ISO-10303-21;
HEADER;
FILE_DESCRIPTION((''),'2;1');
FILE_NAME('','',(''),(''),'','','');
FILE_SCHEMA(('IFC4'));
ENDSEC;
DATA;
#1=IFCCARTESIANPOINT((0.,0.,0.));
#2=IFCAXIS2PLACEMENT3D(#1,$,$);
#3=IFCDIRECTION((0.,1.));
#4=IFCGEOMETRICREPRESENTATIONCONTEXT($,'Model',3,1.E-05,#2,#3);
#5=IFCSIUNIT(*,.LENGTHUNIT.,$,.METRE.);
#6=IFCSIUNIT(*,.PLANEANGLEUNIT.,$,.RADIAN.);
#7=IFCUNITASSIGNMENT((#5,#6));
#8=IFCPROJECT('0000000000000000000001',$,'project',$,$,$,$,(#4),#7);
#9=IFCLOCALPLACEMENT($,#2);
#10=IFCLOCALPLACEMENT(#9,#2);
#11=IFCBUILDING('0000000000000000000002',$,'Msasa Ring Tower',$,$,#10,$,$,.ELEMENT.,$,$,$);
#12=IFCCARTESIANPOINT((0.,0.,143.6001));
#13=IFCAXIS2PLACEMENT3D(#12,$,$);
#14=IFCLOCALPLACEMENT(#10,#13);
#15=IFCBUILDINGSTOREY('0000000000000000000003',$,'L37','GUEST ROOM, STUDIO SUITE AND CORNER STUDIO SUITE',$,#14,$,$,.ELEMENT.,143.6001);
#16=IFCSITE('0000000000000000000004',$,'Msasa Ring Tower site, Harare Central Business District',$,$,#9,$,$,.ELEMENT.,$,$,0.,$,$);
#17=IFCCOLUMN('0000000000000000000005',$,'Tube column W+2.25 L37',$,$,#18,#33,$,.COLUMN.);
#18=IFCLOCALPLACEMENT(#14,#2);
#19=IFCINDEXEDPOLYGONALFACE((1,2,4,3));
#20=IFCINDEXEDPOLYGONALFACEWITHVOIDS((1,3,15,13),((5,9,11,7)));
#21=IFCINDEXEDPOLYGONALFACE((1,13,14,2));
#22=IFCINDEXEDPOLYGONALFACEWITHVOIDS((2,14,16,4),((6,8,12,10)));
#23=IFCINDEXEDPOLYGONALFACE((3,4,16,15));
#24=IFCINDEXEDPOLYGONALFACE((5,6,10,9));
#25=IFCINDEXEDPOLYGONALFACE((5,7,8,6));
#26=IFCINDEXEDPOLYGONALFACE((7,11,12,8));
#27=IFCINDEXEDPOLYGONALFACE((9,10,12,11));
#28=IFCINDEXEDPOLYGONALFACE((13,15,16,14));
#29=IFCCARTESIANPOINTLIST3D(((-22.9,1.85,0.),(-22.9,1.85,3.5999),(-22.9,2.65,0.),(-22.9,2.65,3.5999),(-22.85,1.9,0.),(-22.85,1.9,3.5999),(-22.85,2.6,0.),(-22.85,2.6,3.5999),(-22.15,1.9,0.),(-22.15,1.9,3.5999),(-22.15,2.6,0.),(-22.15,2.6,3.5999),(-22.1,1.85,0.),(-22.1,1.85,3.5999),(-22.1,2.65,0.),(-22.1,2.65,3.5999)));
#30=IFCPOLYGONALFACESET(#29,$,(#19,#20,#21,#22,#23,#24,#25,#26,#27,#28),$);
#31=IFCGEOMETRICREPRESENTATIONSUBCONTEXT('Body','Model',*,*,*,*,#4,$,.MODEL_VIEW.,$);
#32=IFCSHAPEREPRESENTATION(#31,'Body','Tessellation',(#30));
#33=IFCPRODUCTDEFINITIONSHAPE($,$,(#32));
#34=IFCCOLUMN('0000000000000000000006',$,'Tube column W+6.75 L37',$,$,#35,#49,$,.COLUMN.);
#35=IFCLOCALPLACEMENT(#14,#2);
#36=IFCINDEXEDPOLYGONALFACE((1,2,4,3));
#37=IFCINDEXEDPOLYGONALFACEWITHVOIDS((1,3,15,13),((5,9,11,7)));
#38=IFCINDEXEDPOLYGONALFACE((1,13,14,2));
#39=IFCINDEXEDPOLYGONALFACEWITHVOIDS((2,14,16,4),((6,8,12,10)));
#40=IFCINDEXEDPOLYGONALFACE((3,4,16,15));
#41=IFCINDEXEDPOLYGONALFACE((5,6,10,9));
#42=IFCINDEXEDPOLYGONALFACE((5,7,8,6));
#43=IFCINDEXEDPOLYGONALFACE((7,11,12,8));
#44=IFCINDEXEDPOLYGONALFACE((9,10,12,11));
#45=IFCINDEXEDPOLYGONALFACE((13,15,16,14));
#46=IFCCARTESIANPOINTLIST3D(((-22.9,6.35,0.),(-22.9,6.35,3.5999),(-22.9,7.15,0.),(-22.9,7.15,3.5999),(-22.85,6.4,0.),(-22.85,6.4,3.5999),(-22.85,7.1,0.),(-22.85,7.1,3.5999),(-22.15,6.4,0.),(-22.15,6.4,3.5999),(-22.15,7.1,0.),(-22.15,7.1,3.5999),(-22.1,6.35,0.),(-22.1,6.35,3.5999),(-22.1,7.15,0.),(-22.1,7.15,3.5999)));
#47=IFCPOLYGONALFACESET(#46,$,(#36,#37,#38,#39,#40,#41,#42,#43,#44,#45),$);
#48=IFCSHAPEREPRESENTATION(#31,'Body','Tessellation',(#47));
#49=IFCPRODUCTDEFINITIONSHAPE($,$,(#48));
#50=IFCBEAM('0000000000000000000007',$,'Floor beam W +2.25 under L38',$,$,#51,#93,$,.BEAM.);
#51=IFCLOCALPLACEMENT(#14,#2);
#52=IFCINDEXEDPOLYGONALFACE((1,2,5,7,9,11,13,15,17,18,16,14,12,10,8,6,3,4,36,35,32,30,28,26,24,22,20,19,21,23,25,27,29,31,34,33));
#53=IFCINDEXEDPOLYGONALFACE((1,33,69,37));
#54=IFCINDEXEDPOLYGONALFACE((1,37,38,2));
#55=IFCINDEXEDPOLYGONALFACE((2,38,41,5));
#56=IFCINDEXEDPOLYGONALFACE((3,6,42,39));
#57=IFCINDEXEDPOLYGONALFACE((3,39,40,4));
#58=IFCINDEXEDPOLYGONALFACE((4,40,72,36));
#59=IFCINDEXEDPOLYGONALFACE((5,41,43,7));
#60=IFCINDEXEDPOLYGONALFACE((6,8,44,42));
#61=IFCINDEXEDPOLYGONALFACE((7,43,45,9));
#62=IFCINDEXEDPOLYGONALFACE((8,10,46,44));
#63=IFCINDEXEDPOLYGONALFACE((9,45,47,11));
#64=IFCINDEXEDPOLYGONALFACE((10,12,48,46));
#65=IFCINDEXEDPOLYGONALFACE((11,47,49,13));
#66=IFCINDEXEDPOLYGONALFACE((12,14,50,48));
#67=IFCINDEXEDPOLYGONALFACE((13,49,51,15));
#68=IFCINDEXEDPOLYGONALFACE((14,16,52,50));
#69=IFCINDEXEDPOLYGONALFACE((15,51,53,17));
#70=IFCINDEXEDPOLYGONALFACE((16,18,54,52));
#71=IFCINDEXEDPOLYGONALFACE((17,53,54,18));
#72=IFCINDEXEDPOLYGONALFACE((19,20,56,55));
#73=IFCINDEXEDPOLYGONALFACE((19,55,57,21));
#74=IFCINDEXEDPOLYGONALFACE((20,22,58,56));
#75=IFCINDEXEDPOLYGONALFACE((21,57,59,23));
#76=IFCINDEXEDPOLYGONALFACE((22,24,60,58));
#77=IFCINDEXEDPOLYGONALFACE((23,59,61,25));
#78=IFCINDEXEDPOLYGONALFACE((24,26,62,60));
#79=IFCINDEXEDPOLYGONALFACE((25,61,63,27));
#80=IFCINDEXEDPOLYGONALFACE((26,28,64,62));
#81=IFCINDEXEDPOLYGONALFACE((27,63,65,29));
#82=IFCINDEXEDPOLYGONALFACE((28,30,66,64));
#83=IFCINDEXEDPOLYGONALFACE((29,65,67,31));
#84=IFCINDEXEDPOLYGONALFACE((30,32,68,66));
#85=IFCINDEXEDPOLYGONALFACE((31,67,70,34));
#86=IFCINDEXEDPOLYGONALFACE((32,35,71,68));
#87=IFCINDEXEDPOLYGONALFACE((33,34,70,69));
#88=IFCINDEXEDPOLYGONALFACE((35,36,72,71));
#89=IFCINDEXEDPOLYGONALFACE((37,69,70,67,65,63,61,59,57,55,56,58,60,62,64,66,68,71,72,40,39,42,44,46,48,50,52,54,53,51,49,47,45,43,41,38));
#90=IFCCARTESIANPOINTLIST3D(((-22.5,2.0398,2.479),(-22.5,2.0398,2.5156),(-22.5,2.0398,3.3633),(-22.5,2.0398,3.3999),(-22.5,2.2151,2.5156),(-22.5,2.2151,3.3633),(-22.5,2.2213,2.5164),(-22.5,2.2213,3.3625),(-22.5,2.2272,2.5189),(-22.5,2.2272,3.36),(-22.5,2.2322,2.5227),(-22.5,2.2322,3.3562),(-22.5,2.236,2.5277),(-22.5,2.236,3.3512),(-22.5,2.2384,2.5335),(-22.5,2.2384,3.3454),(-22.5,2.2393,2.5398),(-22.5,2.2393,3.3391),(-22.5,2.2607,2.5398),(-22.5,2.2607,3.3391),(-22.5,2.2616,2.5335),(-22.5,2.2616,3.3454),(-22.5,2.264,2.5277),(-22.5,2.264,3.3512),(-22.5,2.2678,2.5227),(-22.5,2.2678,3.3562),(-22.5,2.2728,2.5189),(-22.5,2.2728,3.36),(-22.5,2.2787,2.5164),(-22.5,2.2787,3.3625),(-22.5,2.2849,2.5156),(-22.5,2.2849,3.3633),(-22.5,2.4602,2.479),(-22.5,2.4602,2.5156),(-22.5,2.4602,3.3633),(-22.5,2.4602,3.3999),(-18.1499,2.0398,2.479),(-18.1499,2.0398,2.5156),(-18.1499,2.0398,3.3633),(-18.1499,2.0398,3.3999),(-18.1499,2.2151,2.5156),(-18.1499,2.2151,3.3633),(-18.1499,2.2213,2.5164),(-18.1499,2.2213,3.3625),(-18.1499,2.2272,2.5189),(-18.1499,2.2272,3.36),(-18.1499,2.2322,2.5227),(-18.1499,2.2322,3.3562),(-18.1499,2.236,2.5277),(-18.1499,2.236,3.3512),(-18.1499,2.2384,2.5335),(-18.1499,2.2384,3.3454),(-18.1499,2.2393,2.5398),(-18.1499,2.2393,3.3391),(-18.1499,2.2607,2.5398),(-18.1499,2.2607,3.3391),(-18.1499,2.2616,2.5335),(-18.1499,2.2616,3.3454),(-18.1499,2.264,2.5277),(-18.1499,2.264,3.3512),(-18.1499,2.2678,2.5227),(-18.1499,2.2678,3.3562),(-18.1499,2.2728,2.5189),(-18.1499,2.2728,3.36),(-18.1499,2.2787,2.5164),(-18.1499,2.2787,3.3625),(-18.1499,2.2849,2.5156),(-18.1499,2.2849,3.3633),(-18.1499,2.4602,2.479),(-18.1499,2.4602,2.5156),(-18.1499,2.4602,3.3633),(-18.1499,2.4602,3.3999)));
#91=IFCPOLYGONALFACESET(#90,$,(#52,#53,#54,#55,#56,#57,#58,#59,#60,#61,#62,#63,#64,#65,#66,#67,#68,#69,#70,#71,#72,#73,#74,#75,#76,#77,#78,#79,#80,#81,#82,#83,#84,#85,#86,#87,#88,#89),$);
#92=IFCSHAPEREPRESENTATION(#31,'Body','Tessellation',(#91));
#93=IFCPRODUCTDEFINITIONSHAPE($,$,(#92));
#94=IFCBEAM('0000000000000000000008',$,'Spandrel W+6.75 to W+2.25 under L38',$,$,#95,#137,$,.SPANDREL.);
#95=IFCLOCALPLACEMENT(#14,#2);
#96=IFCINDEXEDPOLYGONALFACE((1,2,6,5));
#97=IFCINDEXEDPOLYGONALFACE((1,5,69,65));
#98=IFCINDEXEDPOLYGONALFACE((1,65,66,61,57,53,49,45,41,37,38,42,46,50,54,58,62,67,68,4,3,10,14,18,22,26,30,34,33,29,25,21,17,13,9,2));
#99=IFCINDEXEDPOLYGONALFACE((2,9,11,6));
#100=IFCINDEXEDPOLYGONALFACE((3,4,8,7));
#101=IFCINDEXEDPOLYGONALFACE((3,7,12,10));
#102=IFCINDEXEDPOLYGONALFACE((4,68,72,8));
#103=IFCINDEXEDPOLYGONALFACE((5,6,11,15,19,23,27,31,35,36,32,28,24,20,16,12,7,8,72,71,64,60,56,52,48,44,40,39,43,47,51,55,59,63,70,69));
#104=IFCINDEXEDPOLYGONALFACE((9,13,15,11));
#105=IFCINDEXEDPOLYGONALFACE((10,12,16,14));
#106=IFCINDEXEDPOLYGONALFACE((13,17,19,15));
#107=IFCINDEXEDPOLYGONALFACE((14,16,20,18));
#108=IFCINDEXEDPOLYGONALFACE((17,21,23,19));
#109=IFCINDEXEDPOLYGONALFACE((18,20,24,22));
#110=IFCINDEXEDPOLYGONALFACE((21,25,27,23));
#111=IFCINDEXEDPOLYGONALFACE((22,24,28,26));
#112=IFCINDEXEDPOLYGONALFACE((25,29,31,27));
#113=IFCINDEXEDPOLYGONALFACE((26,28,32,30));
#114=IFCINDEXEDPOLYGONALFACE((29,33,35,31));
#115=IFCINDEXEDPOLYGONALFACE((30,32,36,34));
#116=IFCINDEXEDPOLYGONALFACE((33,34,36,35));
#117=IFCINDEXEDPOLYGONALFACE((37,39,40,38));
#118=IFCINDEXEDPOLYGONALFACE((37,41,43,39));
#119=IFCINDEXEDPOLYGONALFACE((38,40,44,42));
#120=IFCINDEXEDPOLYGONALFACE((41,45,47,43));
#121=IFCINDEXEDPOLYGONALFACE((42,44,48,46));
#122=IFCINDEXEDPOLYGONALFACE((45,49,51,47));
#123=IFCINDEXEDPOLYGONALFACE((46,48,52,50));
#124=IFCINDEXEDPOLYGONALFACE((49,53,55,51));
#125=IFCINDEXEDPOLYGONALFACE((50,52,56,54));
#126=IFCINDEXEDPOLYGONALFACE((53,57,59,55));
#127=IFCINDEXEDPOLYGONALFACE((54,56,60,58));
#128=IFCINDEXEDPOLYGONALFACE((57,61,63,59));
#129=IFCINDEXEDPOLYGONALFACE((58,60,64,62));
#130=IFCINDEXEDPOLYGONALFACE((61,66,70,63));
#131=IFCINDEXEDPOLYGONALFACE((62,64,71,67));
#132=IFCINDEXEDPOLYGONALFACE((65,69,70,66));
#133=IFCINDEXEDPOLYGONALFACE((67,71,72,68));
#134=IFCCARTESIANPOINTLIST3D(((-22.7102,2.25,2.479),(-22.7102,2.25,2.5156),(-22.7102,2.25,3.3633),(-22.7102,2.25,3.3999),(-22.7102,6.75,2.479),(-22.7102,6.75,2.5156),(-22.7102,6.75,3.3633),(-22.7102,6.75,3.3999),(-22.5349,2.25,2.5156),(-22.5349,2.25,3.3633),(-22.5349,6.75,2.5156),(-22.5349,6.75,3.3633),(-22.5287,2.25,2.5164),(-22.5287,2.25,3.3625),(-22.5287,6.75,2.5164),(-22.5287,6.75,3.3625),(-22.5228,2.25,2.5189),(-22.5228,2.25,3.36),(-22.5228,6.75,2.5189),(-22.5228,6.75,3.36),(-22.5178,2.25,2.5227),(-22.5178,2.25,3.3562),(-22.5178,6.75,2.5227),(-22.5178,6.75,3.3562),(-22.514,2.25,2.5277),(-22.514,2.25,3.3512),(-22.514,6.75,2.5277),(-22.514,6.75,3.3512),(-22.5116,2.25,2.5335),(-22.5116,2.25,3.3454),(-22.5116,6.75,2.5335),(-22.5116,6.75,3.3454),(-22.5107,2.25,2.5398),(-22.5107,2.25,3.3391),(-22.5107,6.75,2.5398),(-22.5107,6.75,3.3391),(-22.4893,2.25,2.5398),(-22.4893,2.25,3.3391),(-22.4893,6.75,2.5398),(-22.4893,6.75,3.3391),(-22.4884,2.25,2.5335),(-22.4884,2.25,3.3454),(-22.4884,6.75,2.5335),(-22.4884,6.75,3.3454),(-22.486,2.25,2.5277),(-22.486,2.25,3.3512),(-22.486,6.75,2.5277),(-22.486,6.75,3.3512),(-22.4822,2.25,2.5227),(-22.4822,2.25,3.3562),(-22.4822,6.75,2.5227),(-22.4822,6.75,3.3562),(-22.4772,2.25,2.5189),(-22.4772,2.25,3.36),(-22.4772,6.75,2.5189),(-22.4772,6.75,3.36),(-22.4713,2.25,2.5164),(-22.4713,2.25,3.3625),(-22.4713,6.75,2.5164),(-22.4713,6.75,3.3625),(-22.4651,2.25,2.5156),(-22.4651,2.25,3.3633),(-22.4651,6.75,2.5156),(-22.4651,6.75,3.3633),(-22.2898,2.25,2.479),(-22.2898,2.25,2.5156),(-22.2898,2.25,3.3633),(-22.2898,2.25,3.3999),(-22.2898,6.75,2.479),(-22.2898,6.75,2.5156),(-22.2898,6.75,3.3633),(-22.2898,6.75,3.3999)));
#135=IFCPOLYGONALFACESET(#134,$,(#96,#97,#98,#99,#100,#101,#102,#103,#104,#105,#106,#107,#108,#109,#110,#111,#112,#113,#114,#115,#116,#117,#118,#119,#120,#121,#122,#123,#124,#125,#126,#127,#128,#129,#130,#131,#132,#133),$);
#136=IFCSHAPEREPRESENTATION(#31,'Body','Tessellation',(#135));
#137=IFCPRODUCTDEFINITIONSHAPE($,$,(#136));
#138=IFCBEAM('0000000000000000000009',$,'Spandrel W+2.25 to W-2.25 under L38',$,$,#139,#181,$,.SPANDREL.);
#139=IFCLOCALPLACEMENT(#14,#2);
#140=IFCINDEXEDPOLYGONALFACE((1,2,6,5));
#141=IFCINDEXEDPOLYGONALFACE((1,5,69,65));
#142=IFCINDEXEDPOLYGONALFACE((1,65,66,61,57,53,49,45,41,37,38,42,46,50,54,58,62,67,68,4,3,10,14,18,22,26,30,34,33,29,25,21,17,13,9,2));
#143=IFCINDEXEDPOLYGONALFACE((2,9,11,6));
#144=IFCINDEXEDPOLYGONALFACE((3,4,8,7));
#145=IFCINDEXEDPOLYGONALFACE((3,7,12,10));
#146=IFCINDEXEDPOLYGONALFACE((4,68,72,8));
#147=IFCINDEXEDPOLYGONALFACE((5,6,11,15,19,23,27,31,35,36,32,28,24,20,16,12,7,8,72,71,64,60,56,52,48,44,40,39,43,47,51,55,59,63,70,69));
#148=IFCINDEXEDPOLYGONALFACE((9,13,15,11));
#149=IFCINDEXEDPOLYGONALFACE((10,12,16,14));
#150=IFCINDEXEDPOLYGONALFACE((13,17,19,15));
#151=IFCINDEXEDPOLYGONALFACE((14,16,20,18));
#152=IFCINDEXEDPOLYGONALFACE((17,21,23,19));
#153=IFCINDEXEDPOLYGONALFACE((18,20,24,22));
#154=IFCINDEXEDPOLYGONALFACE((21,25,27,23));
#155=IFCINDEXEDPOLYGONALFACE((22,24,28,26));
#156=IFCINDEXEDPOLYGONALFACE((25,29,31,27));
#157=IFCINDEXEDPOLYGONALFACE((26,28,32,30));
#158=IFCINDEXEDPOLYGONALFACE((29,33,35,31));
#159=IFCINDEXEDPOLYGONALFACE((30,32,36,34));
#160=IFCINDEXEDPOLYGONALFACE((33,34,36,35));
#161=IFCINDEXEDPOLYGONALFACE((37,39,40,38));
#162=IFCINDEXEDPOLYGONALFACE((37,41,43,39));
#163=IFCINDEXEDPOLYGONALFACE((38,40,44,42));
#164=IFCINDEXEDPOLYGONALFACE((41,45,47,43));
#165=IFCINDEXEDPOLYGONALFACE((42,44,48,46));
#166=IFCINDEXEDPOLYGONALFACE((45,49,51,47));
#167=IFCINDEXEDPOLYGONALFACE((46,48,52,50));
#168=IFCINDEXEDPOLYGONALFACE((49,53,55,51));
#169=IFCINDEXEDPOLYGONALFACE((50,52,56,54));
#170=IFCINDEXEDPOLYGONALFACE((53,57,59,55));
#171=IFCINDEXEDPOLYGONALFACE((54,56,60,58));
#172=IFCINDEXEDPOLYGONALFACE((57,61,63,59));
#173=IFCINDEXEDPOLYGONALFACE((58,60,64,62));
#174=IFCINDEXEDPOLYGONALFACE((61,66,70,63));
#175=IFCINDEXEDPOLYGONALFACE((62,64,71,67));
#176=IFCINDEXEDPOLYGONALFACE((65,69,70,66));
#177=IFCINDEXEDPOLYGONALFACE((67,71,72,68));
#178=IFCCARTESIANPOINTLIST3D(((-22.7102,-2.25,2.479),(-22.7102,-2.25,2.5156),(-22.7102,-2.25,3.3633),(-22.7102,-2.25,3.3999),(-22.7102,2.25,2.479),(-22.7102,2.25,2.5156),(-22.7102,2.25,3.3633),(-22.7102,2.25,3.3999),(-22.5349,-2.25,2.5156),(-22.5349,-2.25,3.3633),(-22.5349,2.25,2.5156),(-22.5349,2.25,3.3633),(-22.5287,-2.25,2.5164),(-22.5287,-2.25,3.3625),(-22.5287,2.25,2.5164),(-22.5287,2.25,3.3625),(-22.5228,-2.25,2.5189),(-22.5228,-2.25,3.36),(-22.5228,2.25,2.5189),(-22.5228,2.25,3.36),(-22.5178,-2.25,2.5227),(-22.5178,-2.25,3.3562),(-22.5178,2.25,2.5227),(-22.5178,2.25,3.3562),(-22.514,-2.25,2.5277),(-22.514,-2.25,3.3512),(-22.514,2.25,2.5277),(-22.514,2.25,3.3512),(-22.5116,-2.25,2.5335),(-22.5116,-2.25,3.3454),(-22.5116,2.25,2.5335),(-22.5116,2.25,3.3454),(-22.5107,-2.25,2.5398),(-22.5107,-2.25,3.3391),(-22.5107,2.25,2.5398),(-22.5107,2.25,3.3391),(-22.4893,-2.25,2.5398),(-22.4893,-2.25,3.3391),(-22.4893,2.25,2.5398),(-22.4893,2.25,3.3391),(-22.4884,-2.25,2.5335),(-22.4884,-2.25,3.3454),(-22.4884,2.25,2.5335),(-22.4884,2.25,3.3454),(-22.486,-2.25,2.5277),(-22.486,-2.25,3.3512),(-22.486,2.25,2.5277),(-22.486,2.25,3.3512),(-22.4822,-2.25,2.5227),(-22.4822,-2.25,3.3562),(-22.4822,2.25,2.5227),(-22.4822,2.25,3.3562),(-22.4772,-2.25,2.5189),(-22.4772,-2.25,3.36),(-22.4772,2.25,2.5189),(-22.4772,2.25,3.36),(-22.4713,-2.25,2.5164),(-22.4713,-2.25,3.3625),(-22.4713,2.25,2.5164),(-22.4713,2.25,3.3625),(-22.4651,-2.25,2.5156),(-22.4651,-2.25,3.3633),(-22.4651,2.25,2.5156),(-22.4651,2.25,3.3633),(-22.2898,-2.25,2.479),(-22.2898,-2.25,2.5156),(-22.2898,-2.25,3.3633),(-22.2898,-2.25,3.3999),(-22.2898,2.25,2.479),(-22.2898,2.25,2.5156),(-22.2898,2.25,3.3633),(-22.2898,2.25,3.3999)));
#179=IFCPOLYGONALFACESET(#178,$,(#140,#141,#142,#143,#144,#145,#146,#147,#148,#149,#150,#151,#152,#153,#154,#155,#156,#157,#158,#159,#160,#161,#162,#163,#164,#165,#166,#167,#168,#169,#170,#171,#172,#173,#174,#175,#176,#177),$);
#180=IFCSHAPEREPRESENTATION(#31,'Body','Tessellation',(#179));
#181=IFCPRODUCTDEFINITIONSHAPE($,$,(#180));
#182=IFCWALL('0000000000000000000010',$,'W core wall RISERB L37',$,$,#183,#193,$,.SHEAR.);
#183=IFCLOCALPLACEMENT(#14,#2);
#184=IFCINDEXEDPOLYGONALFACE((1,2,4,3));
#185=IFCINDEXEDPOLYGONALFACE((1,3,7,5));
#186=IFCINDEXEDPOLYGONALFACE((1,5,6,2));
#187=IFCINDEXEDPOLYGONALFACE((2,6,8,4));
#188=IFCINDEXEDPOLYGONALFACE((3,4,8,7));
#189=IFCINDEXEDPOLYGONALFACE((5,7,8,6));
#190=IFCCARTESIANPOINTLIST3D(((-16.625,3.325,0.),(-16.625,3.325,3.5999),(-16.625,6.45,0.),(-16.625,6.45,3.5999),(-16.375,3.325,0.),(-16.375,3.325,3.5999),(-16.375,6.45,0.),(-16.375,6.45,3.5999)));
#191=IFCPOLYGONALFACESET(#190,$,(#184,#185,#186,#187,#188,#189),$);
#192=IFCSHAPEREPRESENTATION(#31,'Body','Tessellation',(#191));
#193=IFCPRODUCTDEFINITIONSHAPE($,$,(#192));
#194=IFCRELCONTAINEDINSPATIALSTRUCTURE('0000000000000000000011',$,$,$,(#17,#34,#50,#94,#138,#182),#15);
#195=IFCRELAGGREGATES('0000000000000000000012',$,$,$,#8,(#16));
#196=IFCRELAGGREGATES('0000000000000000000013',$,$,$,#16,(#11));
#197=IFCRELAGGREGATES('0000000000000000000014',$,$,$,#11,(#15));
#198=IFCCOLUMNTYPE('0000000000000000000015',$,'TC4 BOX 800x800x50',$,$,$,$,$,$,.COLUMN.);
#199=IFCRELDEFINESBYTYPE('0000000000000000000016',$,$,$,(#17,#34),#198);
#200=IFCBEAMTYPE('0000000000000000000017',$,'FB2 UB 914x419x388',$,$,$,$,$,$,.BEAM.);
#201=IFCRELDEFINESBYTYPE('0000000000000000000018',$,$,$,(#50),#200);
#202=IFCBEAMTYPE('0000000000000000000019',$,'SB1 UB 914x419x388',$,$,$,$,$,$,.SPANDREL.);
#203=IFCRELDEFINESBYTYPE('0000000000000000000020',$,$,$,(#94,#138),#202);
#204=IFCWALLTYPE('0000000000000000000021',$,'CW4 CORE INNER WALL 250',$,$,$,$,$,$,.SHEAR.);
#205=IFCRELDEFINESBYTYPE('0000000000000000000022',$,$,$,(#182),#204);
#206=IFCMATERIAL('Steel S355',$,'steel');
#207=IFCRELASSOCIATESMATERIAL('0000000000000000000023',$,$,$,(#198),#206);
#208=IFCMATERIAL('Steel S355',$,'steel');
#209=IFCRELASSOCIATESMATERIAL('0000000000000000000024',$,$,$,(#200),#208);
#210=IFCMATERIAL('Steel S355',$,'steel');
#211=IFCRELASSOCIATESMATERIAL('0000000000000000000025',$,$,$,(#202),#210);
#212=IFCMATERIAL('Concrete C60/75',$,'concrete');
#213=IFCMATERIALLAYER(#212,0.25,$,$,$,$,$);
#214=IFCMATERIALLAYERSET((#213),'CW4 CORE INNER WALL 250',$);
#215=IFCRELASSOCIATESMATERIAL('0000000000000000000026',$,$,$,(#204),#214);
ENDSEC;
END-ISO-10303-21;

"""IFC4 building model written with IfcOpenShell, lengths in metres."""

from ifc_helpers import new_model, si_unit, direction, frame, frame_2d, origin, origin_2d, place, context, subcontext, project, spatial, rectangle, hollow_rectangle, i_section, extrude, material, layer, layer_set, material_profile, profile_set, type_object, element, save


model = new_model("IFC4")

# Units and contexts
model_context = context("Model", 3, precision=1e-05, world=origin(), true_north=direction((0.0, 1.0)))
body_context = subcontext(model_context, "Body", "Model", "MODEL_VIEW")
ifc_project = project(units=[si_unit("LENGTHUNIT", "METRE"), si_unit("PLANEANGLEUNIT", "RADIAN")], contexts=[model_context])

# Site, building, storey
site_placement = place(None, origin())
site = spatial("IfcSite", under=ifc_project, at=site_placement, Name="Msasa Ring Tower site, Harare Central Business District", CompositionType="ELEMENT", RefElevation=0.0)
building_placement = place(site_placement, origin())
building = spatial("IfcBuilding", under=site, at=building_placement, Name="Msasa Ring Tower", CompositionType="ELEMENT")
storey_placement = place(building_placement, frame((0.0, 0.0, 143.6001)))
storey = spatial("IfcBuildingStorey", under=building, at=storey_placement, Name="L37", Description="GUEST ROOM, STUDIO SUITE AND CORNER STUDIO SUITE", CompositionType="ELEMENT", Elevation=143.6001)

# Columns
ifc_material_1 = material(Name="Steel S355", Category="steel")
ifc_material_profile_1 = material_profile(ifc_material_1, hollow_rectangle(XDim=0.8, YDim=0.8, WallThickness=0.05, at=origin_2d()), Name="BOX 800x800x50")
ifc_profile_set_1 = profile_set([ifc_material_profile_1], Name="Steel S355")
column_type = type_object("IfcColumnType", Name="TC4 BOX 800x800x50", PredefinedType="COLUMN", material=ifc_profile_set_1)
for number, where, z_axis, x_axis, name in (
    (1, (-22.5, 2.25, 0.0), (0.0, 0.0, 1.0), (1.0, 0.0, 0.0), "Tube column W+2.25 L37"),
    (2, (-22.5, 6.75, 0.0), (0.0, 0.0, 1.0), (1.0, 0.0, 0.0), "Tube column W+6.75 L37"),
):
    element("IfcColumn", number, at=place(storey_placement, frame(where, z_axis=z_axis, x_axis=x_axis)), inside=storey, type_object=column_type, Name=name, PredefinedType="COLUMN", context=body_context, shape_type="SweptSolid", body=[
        extrude(hollow_rectangle(XDim=0.8, YDim=0.8, WallThickness=0.05, at=origin_2d()), origin(), (0.0, 0.0, 1.0), 3.5999),
    ])

# Beams
ifc_material_2 = material(Name="Steel S355", Category="steel")
ifc_material_profile_2 = material_profile(ifc_material_2, i_section(OverallWidth=0.4204, OverallDepth=0.9209, WebThickness=0.0215, FlangeThickness=0.0366, FilletRadius=0.0242, at=origin_2d()), Name="UB 914x419x388")
ifc_profile_set_2 = profile_set([ifc_material_profile_2], Name="Steel S355")
beam_type_1 = type_object("IfcBeamType", Name="FB2 UB 914x419x388", PredefinedType="BEAM", material=ifc_profile_set_2)
beam_placement = place(storey_placement, frame((-22.5, 2.25, 2.9395), z_axis=(1.0, 0.0, 0.0), x_axis=(0.0, 1.0, 0.0)))
element("IfcBeam", 3, at=beam_placement, inside=storey, type_object=beam_type_1, Name="Floor beam W +2.25 under L38", PredefinedType="BEAM", context=body_context, shape_type="SweptSolid", body=[
    extrude(i_section(OverallWidth=0.4204, OverallDepth=0.9209, WebThickness=0.0215, FlangeThickness=0.0366, FilletRadius=0.0242, at=origin_2d()), origin(), (0.0, 0.0, 1.0), 4.3501),
])
ifc_material_3 = material(Name="Steel S355", Category="steel")
ifc_material_profile_3 = material_profile(ifc_material_3, i_section(OverallWidth=0.4204, OverallDepth=0.9209, WebThickness=0.0215, FlangeThickness=0.0366, FilletRadius=0.0242, at=origin_2d()), Name="UB 914x419x388")
ifc_profile_set_3 = profile_set([ifc_material_profile_3], Name="Steel S355")
beam_type_2 = type_object("IfcBeamType", Name="SB1 UB 914x419x388", PredefinedType="SPANDREL", material=ifc_profile_set_3)
for number, where, z_axis, x_axis, name in (
    (4, (-22.5, 6.75, 2.9395), (0.0, -1.0, 0.0), (1.0, 0.0, 0.0), "Spandrel W+6.75 to W+2.25 under L38"),
    (5, (-22.5, 2.25, 2.9395), (0.0, -1.0, 0.0), (1.0, 0.0, 0.0), "Spandrel W+2.25 to W-2.25 under L38"),
):
    element("IfcBeam", number, at=place(storey_placement, frame(where, z_axis=z_axis, x_axis=x_axis)), inside=storey, type_object=beam_type_2, Name=name, PredefinedType="SPANDREL", context=body_context, shape_type="SweptSolid", body=[
        extrude(i_section(OverallWidth=0.4204, OverallDepth=0.9209, WebThickness=0.0215, FlangeThickness=0.0366, FilletRadius=0.0242, at=origin_2d()), origin(), (0.0, 0.0, 1.0), 4.5),
    ])

# Wall
ifc_material_4 = material(Name="Concrete C60/75", Category="concrete")
ifc_layer_1 = layer(ifc_material_4, 0.25)
ifc_layer_set_1 = layer_set([ifc_layer_1], Name="CW4 CORE INNER WALL 250")
wall_type_1 = type_object("IfcWallType", Name="CW4 CORE INNER WALL 250", PredefinedType="SHEAR", material=ifc_layer_set_1)
wall_1_placement = place(storey_placement, frame((-16.5, 3.325, 0.0), z_axis=(0.0, 0.0, 1.0), x_axis=(0.0, 1.0, 0.0)))
element("IfcWall", 6, at=wall_1_placement, inside=storey, type_object=wall_type_1, Name="W core wall RISERB L37", PredefinedType="SHEAR", context=body_context, shape_type="SweptSolid", body=[
    extrude(rectangle(XDim=3.125, YDim=0.25, at=frame_2d((1.5625, 0.0))), origin(), (0.0, 0.0, 1.0), 3.5999),
])

save(model, "model.ifc")
